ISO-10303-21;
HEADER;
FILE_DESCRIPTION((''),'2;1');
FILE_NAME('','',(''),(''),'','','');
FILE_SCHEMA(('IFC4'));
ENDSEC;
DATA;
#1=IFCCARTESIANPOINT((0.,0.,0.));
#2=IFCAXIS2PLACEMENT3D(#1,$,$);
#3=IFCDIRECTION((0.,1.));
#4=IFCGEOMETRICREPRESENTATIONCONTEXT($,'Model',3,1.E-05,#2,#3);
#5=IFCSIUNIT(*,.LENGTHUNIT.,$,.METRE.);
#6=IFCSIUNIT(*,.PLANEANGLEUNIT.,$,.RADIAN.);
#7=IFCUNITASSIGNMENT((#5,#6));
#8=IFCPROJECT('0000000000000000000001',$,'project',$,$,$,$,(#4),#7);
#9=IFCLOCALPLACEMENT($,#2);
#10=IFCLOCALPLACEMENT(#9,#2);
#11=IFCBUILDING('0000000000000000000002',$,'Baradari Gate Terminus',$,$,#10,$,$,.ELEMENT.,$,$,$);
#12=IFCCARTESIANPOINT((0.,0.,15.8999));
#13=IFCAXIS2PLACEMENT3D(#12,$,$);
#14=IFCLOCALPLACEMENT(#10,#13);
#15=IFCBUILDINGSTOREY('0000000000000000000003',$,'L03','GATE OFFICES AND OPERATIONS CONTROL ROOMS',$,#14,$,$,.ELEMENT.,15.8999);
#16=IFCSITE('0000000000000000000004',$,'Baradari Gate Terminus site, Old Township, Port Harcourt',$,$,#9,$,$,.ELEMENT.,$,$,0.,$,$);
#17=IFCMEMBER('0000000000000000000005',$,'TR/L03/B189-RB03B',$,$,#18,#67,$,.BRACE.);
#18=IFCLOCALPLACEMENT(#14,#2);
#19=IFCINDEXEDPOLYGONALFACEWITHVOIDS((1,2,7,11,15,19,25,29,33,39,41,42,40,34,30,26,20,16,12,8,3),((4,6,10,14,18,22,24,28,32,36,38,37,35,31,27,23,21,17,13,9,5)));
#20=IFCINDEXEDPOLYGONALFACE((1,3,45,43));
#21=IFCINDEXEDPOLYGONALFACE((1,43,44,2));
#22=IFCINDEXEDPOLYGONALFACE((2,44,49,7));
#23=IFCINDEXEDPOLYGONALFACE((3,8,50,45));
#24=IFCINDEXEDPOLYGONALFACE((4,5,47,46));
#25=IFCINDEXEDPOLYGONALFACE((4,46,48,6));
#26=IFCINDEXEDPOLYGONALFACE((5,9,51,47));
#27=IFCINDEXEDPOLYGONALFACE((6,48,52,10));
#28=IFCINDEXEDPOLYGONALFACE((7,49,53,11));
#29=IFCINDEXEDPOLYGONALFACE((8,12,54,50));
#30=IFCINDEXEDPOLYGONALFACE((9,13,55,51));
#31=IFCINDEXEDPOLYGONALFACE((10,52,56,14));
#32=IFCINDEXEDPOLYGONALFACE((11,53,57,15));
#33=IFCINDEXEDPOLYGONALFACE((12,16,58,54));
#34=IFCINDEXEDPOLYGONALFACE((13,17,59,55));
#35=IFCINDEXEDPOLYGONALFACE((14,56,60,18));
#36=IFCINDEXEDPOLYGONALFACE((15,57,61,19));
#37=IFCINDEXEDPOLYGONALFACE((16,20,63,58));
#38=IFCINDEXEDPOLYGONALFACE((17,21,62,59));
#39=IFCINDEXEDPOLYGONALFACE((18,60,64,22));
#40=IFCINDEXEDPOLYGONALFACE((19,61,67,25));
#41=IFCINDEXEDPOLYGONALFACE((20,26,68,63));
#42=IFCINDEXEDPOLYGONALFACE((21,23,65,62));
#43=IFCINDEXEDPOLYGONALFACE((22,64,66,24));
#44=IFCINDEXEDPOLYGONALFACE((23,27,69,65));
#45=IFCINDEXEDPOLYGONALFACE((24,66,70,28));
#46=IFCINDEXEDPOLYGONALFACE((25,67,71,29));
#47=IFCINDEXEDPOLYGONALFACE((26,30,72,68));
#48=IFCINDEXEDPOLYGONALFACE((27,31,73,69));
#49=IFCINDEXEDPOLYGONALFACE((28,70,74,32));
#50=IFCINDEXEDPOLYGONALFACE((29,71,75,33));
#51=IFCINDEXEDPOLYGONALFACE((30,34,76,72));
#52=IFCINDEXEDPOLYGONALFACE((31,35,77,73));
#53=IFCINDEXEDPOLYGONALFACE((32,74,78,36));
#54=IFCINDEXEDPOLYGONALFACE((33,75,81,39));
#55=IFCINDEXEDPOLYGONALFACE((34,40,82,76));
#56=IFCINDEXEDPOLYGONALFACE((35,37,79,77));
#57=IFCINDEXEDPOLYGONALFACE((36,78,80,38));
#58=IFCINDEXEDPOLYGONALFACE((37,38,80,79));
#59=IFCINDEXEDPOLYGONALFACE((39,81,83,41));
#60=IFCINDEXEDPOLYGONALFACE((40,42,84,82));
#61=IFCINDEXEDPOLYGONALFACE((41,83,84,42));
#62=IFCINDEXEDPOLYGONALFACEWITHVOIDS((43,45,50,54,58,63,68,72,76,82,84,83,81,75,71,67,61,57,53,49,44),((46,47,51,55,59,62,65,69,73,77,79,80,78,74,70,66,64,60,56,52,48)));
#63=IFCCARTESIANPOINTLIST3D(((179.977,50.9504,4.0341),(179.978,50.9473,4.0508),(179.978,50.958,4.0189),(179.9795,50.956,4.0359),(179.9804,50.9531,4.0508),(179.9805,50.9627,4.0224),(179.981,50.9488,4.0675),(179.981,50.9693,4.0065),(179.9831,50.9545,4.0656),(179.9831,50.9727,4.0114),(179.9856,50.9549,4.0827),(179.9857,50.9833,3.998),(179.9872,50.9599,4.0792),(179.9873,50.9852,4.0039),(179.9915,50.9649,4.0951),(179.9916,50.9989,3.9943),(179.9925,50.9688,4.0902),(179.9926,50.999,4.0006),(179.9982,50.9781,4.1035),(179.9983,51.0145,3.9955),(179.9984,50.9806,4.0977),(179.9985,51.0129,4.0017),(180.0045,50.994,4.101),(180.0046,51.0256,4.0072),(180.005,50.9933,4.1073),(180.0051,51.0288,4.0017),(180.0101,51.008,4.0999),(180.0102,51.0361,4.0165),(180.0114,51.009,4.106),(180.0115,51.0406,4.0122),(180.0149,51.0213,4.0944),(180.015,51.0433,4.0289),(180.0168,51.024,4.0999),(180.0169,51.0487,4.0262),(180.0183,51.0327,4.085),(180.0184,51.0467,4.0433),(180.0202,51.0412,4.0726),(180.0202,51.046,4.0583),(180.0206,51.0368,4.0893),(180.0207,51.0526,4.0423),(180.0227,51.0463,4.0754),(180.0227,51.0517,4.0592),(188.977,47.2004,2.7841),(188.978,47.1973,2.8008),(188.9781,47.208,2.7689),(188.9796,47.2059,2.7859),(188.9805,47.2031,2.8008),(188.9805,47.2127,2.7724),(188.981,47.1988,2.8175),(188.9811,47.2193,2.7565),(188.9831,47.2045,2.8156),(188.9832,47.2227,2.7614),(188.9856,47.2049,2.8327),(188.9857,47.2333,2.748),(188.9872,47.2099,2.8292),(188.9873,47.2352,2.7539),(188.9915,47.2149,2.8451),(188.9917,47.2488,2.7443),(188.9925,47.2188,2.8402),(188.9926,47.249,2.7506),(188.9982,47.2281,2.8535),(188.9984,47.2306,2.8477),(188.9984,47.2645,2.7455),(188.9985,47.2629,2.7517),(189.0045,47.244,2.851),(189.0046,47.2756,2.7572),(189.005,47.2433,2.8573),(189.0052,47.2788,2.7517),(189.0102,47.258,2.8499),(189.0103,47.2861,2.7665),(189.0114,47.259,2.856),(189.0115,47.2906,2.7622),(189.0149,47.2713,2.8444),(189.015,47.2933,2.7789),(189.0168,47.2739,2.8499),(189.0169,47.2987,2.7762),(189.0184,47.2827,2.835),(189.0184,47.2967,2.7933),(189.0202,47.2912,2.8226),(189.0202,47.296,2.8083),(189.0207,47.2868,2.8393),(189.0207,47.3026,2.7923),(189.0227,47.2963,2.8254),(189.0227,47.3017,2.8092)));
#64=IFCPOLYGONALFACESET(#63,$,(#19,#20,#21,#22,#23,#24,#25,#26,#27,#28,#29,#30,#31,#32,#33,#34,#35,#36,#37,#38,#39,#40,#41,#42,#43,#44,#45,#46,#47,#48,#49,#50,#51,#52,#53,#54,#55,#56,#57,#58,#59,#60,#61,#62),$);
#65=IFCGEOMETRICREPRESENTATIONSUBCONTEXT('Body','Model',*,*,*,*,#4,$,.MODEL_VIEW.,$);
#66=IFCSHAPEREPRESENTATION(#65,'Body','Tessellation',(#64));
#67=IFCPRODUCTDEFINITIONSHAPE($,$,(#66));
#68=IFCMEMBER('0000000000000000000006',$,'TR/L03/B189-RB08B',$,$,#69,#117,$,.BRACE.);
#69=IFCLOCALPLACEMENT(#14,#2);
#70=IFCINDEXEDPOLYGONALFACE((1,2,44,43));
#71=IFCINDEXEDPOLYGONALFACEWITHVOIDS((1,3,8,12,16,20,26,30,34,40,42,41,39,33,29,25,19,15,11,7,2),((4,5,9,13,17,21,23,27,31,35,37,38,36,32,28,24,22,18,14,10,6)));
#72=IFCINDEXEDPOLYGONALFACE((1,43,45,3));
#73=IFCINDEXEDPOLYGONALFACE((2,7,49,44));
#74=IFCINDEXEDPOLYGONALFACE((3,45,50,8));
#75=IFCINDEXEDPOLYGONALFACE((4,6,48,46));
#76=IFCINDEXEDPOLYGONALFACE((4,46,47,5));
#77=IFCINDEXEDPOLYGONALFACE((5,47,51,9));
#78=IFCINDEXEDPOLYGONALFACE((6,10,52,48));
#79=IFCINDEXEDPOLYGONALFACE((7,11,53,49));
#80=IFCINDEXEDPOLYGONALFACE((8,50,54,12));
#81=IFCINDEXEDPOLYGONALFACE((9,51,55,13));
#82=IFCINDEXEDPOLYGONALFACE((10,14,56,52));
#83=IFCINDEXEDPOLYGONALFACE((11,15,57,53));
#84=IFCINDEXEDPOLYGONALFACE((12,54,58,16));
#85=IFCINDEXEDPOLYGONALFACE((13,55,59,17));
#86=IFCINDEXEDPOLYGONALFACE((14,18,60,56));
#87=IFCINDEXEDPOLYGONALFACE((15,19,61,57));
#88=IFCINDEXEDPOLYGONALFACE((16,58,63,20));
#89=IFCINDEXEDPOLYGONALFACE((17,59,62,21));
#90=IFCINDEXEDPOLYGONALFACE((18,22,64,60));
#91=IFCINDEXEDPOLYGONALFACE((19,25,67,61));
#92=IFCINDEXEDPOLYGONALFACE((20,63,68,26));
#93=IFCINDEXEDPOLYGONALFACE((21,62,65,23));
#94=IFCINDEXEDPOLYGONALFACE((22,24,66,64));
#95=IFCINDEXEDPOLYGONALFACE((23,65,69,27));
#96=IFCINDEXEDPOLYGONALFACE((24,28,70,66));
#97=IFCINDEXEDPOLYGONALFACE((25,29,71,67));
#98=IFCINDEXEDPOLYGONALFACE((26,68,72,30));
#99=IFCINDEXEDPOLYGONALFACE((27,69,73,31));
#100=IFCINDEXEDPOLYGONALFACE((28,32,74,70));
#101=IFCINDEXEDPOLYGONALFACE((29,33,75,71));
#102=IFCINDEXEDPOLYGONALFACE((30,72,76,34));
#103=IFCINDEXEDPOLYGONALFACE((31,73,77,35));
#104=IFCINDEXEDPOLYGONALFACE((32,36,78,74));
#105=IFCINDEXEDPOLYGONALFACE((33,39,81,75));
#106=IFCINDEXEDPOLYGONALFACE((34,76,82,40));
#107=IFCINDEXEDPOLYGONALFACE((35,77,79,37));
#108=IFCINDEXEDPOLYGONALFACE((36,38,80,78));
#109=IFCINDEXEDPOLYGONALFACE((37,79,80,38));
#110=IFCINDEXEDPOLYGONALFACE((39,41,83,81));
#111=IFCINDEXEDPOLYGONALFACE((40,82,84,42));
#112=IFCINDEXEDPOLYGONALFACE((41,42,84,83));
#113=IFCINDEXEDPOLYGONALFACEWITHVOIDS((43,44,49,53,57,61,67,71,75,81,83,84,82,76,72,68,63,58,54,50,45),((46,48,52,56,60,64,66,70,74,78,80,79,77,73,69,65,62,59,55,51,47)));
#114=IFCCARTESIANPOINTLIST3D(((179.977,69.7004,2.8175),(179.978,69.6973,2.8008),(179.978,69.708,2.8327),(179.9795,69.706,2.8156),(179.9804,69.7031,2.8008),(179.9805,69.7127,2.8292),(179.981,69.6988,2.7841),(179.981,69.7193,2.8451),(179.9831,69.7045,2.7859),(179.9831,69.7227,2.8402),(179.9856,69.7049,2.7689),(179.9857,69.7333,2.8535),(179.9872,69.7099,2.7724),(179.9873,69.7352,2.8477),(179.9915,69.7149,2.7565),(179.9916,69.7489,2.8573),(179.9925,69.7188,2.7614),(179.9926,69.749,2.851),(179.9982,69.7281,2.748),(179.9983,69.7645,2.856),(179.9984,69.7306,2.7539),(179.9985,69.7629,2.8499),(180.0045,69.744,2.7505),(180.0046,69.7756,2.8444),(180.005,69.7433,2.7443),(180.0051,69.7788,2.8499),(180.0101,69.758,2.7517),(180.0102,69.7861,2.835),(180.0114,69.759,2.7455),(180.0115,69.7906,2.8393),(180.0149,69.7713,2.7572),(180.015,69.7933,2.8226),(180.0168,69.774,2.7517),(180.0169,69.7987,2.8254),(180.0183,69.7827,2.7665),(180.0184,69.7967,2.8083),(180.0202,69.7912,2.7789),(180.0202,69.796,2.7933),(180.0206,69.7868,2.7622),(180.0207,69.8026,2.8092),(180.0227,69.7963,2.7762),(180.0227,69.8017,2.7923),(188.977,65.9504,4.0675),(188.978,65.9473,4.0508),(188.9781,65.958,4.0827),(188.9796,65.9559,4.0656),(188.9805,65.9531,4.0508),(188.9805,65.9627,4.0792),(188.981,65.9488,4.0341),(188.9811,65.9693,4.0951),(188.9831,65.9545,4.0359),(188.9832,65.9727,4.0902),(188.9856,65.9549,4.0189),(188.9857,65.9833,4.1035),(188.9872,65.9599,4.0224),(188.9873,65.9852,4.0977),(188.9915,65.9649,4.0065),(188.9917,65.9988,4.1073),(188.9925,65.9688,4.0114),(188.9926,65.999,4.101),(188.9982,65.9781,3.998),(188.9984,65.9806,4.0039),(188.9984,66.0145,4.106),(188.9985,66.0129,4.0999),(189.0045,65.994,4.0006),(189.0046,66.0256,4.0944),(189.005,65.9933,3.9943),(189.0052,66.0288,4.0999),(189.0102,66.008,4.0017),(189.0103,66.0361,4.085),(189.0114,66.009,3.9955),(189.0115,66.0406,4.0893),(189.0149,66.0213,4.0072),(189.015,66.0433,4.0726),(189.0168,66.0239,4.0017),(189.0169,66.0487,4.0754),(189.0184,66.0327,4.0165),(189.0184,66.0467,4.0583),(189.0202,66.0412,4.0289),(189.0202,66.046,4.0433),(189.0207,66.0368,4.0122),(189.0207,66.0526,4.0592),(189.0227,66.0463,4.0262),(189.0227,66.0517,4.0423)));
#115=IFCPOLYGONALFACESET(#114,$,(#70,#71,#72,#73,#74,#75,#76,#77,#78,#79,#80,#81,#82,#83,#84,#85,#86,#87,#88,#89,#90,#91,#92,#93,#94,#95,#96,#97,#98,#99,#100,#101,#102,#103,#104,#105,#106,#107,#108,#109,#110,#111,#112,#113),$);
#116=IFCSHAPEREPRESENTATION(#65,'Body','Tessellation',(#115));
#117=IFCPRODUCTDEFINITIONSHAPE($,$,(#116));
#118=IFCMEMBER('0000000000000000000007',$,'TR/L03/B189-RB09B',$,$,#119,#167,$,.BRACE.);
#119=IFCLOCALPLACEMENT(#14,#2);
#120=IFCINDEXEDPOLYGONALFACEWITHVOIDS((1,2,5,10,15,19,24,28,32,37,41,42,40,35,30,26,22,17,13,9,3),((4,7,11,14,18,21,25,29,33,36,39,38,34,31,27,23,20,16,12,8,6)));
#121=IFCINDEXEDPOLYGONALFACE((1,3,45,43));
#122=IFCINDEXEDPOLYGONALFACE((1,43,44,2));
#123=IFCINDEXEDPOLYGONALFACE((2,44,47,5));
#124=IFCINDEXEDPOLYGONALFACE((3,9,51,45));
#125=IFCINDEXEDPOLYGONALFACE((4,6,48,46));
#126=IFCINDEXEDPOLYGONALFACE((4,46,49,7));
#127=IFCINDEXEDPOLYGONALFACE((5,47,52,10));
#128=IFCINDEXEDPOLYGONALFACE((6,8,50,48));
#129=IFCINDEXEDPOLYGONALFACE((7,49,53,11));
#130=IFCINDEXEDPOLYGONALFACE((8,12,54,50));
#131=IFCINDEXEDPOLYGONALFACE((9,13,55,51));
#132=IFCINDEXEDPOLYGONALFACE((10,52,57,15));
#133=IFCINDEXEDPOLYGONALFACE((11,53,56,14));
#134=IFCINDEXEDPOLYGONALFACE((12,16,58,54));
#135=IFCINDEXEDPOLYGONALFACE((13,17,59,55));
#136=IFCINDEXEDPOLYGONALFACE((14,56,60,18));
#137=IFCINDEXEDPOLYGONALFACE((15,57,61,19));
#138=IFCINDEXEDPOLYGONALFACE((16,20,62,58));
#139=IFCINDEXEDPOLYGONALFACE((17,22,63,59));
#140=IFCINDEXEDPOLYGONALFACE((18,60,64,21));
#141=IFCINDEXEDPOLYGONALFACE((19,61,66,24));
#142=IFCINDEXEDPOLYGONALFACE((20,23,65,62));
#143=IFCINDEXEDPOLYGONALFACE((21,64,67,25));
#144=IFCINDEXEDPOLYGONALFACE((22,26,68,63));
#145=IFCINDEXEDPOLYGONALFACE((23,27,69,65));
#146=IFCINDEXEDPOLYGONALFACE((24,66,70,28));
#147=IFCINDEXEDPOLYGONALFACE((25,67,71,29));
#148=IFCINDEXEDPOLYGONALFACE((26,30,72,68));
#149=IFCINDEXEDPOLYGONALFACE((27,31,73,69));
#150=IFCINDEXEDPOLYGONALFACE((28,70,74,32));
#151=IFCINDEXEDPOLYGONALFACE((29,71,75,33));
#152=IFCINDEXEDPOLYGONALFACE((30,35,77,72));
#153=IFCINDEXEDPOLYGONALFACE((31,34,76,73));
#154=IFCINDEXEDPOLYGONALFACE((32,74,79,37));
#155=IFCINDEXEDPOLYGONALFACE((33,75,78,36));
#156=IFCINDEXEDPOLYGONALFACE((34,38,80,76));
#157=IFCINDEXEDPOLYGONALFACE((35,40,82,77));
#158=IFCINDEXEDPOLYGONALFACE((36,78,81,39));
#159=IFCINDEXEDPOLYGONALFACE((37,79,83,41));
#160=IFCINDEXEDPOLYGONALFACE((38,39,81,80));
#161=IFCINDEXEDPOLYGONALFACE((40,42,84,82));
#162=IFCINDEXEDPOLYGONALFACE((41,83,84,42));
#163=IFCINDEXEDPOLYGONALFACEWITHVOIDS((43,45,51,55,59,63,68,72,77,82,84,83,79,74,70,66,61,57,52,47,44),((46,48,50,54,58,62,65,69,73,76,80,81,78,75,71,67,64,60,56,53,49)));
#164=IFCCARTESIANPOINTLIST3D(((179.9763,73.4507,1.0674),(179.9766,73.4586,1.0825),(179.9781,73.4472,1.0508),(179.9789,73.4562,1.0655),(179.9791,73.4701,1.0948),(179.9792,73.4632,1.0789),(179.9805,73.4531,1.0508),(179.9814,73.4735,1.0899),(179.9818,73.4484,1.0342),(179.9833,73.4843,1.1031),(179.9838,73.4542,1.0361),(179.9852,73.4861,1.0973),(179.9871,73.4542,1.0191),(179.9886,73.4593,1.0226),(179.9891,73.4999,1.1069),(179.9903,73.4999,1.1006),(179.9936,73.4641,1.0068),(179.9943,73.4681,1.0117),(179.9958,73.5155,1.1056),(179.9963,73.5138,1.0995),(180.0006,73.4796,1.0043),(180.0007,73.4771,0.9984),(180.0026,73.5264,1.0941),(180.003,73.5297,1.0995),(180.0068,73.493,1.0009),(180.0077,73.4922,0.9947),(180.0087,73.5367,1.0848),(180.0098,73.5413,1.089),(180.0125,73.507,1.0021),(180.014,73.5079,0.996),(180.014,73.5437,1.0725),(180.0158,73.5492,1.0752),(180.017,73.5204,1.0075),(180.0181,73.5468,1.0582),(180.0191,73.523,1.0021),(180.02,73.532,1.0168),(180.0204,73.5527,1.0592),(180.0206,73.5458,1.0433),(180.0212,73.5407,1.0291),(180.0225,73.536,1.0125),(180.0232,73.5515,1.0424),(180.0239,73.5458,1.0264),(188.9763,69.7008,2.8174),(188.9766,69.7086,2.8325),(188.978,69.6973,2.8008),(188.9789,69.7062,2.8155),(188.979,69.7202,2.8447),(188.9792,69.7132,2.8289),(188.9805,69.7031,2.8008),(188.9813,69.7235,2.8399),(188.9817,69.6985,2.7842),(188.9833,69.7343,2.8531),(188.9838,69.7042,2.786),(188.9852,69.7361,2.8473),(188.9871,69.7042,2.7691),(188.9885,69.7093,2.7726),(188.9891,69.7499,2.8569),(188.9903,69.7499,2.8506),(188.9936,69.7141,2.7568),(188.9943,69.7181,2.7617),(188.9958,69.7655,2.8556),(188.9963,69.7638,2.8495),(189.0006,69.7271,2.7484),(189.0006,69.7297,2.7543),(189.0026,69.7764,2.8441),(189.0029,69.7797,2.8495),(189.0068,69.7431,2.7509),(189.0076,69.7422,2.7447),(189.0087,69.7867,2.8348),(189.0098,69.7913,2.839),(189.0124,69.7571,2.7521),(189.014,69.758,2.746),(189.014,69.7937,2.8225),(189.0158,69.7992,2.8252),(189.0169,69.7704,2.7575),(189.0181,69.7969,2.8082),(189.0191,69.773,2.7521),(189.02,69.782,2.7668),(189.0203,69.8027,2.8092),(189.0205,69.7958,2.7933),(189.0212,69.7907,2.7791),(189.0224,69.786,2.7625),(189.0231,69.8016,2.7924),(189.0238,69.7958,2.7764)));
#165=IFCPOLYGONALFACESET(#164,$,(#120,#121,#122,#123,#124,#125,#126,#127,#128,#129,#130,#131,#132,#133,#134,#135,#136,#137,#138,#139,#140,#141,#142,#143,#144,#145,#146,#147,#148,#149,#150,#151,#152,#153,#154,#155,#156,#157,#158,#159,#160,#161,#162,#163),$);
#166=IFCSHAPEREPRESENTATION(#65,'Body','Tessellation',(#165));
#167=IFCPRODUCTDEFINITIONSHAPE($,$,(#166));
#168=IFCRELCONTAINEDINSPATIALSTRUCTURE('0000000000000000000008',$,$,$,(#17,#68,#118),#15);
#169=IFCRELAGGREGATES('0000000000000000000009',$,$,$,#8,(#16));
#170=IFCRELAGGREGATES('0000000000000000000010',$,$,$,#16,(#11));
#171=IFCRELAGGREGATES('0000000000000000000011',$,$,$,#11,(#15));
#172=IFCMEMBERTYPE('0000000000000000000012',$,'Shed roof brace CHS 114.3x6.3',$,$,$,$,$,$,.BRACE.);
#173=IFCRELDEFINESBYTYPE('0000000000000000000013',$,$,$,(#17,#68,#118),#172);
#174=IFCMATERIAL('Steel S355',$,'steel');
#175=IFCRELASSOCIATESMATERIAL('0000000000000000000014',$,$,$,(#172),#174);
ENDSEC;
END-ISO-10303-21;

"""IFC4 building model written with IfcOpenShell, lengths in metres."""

from ifc_helpers import new_model, si_unit, direction, frame, origin, origin_2d, place, context, subcontext, project, spatial, hollow_circle, extrude, material, material_profile, profile_set, type_object, element, save


model = new_model("IFC4")

# Units and contexts
model_context = context("Model", 3, precision=1e-05, world=origin(), true_north=direction((0.0, 1.0)))
body_context = subcontext(model_context, "Body", "Model", "MODEL_VIEW")
ifc_project = project(units=[si_unit("LENGTHUNIT", "METRE"), si_unit("PLANEANGLEUNIT", "RADIAN")], contexts=[model_context])

# Site, building, storey
site_placement = place(None, origin())
site = spatial("IfcSite", under=ifc_project, at=site_placement, Name="Baradari Gate Terminus site, Old Township, Port Harcourt", CompositionType="ELEMENT", RefElevation=0.0)
building_placement = place(site_placement, origin())
building = spatial("IfcBuilding", under=site, at=building_placement, Name="Baradari Gate Terminus", CompositionType="ELEMENT")
storey_placement = place(building_placement, frame((0.0, 0.0, 15.8999)))
storey = spatial("IfcBuildingStorey", under=building, at=storey_placement, Name="L03", Description="GATE OFFICES AND OPERATIONS CONTROL ROOMS", CompositionType="ELEMENT", Elevation=15.8999)

# Members
ifc_material_1 = material(Name="Steel S355", Category="steel")
ifc_material_profile_1 = material_profile(ifc_material_1, hollow_circle(Radius=0.0571, WallThickness=0.0063, at=origin_2d()), Name="CHS 114.3x6.3")
ifc_profile_set_1 = profile_set([ifc_material_profile_1], Name="Steel S355")
member_type_1 = type_object("IfcMemberType", Name="Shed roof brace CHS 114.3x6.3", PredefinedType="BRACE", material=ifc_profile_set_1)
for number, where, z_axis, x_axis, name in (
    (1, (189.0, 47.25, 2.8008), (-0.915583, 0.381493, 0.127164), (-0.384615, -0.923077, 0.0), "TR/L03/B189-RB03B"),
    (2, (189.0, 66.0, 4.0508), (-0.915583, 0.381493, -0.127164), (-0.384615, -0.923077, 0.0), "TR/L03/B189-RB08B"),
):
    element("IfcMember", number, at=place(storey_placement, frame(where, z_axis=z_axis, x_axis=x_axis)), inside=storey, type_object=member_type_1, Name=name, PredefinedType="BRACE", context=body_context, shape_type="SweptSolid", body=[
        extrude(hollow_circle(Radius=0.0571, WallThickness=0.0063, at=origin_2d()), origin(), (0.0, 0.0, 1.0), 9.8298),
    ])
member_1_placement = place(storey_placement, frame((189.0, 69.75, 2.8008), z_axis=(-0.908558, 0.378566, -0.176664), x_axis=(-0.384615, -0.923077, 0.0)))
element("IfcMember", 3, at=member_1_placement, inside=storey, type_object=member_type_1, Name="TR/L03/B189-RB09B", PredefinedType="BRACE", context=body_context, shape_type="SweptSolid", body=[
    extrude(hollow_circle(Radius=0.0571, WallThickness=0.0063, at=origin_2d()), origin(), (0.0, 0.0, 1.0), 9.9058),
])

save(model, "model.ifc")
